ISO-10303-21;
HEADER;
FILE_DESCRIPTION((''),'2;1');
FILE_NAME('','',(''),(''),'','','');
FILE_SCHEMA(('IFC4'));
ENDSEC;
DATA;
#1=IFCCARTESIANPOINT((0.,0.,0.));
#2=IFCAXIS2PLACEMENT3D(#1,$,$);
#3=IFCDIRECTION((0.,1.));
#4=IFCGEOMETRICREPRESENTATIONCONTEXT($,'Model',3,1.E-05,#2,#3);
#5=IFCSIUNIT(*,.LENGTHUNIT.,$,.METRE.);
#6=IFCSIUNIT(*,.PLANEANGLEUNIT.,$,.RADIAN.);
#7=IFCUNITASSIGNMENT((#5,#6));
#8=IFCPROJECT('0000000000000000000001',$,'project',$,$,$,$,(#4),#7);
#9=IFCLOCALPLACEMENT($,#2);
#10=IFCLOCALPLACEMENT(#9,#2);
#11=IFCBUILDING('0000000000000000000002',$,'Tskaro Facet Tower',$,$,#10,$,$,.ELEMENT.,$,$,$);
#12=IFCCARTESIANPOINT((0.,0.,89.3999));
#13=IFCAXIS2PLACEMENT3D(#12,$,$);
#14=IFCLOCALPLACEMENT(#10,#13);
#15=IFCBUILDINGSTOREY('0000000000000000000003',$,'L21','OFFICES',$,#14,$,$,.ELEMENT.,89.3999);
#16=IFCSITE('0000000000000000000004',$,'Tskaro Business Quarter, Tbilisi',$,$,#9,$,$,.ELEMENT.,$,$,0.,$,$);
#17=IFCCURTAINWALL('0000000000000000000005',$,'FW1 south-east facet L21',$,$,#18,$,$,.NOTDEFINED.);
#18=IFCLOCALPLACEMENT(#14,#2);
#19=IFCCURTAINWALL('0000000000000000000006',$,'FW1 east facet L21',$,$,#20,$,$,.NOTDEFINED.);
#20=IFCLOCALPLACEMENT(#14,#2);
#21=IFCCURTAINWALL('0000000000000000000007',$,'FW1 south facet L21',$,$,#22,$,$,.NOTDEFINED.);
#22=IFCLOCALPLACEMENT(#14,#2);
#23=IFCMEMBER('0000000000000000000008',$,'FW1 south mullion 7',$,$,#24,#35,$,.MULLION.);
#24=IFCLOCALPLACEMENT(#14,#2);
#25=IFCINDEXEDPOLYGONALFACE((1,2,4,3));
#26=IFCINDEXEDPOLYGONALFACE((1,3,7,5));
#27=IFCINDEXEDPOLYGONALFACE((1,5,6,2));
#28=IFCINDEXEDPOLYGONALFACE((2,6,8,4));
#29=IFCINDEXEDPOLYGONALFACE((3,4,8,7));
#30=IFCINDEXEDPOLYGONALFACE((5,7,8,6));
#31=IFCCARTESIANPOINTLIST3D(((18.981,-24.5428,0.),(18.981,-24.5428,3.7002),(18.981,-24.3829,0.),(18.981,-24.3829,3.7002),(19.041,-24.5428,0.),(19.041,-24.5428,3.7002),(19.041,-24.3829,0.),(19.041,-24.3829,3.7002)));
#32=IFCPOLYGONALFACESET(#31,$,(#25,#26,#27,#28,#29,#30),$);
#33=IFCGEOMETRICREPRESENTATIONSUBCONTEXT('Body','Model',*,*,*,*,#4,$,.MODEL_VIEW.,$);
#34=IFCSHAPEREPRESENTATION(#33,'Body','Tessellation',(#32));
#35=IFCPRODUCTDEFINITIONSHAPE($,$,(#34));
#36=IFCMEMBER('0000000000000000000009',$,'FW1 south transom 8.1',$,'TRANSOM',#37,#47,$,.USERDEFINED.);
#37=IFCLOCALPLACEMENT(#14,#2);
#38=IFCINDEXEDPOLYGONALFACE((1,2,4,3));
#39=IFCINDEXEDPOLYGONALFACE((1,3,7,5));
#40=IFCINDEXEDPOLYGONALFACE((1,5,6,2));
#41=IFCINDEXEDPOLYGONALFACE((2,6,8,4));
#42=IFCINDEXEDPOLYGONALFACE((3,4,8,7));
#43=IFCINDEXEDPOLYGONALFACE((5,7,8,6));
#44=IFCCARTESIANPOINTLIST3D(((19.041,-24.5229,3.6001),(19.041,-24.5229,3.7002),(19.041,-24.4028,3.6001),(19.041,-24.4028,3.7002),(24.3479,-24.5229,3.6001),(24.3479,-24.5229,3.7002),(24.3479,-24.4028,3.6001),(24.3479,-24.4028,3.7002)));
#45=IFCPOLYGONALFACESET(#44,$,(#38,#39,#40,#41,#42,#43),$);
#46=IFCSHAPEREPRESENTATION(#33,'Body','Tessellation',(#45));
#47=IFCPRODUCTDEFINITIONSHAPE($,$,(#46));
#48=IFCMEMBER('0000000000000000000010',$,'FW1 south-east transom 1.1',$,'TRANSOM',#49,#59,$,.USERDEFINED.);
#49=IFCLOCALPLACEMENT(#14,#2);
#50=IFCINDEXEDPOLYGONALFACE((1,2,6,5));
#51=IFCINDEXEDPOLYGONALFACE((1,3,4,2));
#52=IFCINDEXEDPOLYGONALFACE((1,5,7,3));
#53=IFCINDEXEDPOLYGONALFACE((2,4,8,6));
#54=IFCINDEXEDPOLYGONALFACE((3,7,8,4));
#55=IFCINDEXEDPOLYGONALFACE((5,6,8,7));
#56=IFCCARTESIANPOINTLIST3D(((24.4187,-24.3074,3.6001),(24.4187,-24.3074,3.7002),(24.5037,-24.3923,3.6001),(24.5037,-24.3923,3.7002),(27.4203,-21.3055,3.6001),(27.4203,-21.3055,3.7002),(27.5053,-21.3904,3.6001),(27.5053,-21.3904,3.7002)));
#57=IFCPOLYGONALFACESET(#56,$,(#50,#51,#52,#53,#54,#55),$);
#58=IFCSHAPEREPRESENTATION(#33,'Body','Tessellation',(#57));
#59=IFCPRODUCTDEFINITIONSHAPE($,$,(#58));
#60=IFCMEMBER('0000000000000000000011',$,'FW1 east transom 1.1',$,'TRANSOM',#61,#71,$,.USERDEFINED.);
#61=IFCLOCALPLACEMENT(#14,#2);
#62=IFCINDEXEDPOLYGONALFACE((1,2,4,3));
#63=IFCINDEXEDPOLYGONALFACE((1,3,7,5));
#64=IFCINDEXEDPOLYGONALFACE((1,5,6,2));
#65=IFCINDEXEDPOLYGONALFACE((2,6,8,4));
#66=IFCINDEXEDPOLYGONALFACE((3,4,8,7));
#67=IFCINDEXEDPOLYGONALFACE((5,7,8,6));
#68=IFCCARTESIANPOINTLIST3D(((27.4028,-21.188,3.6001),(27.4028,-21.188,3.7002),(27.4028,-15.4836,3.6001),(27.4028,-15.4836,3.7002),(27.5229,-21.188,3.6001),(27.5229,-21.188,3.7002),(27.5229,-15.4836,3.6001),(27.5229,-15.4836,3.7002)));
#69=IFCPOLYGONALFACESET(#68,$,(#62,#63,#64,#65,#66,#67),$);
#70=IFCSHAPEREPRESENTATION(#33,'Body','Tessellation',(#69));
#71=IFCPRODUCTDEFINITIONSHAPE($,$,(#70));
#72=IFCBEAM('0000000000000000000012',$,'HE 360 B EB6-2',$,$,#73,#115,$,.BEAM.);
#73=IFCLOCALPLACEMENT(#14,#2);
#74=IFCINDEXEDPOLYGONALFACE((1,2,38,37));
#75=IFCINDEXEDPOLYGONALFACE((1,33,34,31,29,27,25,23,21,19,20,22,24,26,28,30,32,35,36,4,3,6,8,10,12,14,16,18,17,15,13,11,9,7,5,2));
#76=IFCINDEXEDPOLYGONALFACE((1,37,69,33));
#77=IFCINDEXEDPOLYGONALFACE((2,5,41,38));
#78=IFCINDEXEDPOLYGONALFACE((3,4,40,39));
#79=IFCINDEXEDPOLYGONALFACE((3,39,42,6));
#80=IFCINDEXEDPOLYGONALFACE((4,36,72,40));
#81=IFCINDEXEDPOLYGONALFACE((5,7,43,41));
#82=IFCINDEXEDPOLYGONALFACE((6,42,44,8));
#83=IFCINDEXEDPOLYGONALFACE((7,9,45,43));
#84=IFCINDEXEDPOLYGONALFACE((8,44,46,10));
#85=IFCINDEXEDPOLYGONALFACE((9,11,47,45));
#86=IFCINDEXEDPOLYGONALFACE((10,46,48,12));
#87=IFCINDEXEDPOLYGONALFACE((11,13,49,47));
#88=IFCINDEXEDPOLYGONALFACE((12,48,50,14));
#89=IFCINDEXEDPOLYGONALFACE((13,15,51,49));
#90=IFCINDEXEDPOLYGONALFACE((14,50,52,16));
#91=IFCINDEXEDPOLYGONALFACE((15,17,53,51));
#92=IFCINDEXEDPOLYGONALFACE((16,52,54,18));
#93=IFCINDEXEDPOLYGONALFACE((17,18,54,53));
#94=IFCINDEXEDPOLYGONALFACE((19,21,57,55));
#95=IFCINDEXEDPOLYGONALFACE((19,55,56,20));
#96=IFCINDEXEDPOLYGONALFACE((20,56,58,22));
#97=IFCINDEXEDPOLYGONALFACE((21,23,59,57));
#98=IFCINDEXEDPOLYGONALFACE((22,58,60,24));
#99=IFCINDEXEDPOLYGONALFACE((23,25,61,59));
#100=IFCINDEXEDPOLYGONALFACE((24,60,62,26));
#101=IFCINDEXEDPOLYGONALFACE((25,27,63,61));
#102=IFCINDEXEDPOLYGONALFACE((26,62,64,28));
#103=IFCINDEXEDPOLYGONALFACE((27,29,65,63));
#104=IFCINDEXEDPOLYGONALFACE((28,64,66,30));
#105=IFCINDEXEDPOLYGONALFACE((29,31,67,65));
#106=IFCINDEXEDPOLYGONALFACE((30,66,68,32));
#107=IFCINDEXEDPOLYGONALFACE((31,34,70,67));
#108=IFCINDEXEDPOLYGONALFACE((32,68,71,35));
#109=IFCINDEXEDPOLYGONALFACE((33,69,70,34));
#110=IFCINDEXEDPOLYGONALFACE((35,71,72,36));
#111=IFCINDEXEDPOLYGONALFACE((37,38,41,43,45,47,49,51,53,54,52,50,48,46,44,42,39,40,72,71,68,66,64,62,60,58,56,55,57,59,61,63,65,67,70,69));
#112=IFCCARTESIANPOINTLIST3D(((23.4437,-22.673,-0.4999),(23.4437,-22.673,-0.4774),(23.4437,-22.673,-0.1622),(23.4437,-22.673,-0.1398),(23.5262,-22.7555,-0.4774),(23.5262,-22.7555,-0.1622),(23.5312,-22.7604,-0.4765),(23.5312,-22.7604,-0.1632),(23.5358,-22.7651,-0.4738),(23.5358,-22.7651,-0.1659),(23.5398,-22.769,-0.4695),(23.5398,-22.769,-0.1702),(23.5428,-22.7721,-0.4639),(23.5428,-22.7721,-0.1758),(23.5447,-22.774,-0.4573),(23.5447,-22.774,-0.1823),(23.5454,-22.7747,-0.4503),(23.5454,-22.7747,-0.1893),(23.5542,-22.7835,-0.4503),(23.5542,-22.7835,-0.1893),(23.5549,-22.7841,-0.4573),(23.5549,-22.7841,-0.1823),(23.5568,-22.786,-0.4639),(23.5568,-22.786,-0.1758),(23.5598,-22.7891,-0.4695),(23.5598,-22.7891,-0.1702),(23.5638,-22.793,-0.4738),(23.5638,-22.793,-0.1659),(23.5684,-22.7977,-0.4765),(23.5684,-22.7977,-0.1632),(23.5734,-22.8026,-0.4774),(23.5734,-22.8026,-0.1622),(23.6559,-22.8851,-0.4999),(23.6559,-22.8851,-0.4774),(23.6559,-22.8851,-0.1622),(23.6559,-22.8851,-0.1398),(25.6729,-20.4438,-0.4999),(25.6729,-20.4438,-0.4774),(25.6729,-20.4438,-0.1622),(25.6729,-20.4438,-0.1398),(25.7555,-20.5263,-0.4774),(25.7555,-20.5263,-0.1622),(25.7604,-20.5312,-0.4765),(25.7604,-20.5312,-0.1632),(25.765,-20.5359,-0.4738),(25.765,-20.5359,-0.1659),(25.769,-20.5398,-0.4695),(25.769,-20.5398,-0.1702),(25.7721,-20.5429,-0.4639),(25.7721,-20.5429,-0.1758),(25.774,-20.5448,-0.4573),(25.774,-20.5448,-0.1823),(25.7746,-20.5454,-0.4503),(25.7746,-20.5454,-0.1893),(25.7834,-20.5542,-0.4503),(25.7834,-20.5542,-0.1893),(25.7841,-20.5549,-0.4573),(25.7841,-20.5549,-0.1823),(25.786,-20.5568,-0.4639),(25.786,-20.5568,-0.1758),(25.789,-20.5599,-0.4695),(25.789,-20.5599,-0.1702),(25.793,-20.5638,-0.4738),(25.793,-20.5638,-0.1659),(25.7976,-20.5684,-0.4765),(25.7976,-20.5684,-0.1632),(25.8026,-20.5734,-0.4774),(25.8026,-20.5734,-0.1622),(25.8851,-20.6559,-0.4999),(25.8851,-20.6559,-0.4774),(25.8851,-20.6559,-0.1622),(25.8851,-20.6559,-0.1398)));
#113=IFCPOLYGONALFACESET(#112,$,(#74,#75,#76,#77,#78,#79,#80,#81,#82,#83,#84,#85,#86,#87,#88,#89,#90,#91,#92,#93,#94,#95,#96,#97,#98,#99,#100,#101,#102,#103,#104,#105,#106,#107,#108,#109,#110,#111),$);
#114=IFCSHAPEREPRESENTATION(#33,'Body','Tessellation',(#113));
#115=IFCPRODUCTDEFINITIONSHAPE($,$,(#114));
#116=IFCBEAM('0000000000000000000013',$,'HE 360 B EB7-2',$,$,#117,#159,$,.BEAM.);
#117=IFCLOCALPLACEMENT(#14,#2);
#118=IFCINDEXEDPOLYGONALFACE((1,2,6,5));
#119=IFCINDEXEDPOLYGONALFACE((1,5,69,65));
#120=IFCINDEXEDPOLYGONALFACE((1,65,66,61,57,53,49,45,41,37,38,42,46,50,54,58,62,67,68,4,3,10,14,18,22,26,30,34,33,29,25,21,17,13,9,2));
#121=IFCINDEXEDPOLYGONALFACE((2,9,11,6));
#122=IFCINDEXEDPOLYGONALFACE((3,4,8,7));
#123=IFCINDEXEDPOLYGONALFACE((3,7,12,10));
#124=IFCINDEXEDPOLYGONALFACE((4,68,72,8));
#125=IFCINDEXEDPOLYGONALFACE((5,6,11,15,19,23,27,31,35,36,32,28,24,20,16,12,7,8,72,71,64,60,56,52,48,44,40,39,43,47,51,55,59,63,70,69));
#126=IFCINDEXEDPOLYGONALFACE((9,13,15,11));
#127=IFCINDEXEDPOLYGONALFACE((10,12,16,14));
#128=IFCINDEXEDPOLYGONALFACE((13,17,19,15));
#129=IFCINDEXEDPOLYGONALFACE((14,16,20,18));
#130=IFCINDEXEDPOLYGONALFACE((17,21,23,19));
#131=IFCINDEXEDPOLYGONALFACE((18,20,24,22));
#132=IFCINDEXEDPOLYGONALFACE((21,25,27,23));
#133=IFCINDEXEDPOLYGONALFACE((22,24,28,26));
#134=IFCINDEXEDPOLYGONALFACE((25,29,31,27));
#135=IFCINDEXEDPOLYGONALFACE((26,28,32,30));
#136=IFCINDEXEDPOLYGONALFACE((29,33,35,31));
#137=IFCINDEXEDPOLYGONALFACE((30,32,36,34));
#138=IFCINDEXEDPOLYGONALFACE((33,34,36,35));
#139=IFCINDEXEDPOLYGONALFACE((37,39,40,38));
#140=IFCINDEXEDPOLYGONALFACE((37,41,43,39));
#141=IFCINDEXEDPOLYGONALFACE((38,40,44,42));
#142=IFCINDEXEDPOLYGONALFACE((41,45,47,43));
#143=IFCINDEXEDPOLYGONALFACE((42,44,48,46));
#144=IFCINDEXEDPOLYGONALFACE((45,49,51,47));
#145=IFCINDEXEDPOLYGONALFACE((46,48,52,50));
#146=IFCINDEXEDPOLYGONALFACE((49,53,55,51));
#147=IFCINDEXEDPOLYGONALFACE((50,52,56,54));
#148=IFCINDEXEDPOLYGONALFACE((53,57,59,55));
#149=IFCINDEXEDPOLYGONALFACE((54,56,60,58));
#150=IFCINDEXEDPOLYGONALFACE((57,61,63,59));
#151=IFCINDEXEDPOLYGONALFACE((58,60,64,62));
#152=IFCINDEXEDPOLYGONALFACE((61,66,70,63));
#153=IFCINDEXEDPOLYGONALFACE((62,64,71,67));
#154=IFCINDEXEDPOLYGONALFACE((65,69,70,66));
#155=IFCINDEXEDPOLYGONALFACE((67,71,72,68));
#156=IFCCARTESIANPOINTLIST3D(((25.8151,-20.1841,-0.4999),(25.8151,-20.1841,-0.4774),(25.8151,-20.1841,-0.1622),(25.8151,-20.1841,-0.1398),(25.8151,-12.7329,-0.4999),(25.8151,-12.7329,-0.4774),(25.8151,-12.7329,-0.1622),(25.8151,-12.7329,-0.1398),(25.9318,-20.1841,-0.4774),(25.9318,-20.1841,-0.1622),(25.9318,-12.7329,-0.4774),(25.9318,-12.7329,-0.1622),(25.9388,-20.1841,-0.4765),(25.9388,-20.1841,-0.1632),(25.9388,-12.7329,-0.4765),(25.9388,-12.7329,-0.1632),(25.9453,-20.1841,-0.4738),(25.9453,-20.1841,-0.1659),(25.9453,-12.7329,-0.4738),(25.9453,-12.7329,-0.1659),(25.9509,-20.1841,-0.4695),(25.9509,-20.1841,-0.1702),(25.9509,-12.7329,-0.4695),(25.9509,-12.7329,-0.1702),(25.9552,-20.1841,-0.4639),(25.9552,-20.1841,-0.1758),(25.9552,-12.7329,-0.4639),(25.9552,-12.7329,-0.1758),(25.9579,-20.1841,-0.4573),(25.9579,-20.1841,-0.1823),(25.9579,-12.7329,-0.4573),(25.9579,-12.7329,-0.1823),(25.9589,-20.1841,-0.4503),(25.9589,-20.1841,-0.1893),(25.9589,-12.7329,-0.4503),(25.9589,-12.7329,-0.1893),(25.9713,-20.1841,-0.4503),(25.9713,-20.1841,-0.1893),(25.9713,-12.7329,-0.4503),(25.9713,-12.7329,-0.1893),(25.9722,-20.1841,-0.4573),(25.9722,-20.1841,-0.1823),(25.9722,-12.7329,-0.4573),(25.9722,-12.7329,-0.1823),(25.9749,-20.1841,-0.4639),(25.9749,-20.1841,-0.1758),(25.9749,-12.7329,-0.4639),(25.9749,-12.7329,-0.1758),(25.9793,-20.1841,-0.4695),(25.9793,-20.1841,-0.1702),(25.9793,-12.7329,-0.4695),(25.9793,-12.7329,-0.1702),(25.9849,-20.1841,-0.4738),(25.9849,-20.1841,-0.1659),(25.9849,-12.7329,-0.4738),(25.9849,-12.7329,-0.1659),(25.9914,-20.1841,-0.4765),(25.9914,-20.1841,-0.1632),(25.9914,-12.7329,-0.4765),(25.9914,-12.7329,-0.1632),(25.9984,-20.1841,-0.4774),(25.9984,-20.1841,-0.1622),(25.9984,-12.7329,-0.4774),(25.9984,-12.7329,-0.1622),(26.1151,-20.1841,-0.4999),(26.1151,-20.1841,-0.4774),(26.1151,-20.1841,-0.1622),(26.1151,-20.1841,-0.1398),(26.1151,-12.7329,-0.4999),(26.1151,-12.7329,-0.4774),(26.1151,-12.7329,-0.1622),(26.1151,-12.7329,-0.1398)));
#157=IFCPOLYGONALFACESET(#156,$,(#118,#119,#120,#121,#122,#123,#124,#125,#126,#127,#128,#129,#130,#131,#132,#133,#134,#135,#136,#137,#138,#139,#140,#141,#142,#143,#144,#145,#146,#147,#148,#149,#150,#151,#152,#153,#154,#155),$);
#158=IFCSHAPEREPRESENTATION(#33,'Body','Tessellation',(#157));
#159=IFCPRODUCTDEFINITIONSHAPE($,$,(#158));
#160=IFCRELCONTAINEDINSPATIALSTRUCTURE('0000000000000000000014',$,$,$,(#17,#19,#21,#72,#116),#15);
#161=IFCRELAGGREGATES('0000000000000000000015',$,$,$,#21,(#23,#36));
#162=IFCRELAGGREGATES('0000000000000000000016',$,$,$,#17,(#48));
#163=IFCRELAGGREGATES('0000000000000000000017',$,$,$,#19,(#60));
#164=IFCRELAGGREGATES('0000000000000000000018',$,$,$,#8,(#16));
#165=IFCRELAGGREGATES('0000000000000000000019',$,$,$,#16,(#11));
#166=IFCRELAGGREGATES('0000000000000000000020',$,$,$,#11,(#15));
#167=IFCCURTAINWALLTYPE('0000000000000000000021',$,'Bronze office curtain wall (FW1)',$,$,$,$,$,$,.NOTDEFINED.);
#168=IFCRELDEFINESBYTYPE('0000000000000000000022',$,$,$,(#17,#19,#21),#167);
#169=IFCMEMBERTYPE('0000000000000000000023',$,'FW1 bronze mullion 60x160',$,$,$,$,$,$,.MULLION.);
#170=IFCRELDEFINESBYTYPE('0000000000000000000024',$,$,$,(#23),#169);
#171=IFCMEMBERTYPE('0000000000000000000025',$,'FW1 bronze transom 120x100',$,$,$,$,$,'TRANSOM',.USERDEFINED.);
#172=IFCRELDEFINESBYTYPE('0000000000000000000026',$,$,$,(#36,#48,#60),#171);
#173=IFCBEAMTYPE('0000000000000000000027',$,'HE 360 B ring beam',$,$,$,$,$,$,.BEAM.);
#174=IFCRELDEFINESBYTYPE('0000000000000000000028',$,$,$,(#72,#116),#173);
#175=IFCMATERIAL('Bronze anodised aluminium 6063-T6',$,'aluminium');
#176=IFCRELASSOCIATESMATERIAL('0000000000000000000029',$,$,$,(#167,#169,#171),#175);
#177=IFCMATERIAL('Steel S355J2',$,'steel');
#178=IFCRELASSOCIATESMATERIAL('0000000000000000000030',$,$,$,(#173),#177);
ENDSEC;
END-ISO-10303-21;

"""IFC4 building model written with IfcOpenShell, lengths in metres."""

from ifc_helpers import new_model, si_unit, direction, frame, origin, origin_2d, place, context, subcontext, project, spatial, rectangle, i_section, extrude, material, material_profile, profile_set, type_object, element, aggregate, save


model = new_model("IFC4")

# Units and contexts
model_context = context("Model", 3, precision=1e-05, world=origin(), true_north=direction((0.0, 1.0)))
body_context = subcontext(model_context, "Body", "Model", "MODEL_VIEW")
ifc_project = project(units=[si_unit("LENGTHUNIT", "METRE"), si_unit("PLANEANGLEUNIT", "RADIAN")], contexts=[model_context])

# Site, building, storey
site_placement = place(None, origin())
site = spatial("IfcSite", under=ifc_project, at=site_placement, Name="Tskaro Business Quarter, Tbilisi", CompositionType="ELEMENT", RefElevation=0.0)
building_placement = place(site_placement, origin())
building = spatial("IfcBuilding", under=site, at=building_placement, Name="Tskaro Facet Tower", CompositionType="ELEMENT")
storey_placement = place(building_placement, frame((0.0, 0.0, 89.3999)))
storey = spatial("IfcBuildingStorey", under=building, at=storey_placement, Name="L21", Description="OFFICES", CompositionType="ELEMENT", Elevation=89.3999)

# Curtain walls
ifc_material_1 = material(Name="Bronze anodised aluminium 6063-T6", Category="aluminium")
curtain_wall_type = type_object("IfcCurtainWallType", Name="Bronze office curtain wall (FW1)", PredefinedType="NOTDEFINED", material=ifc_material_1)
curtain_wall_1_placement = place(storey_placement, origin())
curtain_wall_1 = element("IfcCurtainWall", 1, at=curtain_wall_1_placement, inside=storey, type_object=curtain_wall_type, Name="FW1 south-east facet L21", PredefinedType="NOTDEFINED")
curtain_wall_2_placement = place(storey_placement, origin())
curtain_wall_2 = element("IfcCurtainWall", 2, at=curtain_wall_2_placement, inside=storey, type_object=curtain_wall_type, Name="FW1 east facet L21", PredefinedType="NOTDEFINED")

# Curtain wall, members
curtain_wall_3_placement = place(storey_placement, origin())
curtain_wall_3 = element("IfcCurtainWall", 3, at=curtain_wall_3_placement, inside=storey, type_object=curtain_wall_type, Name="FW1 south facet L21", PredefinedType="NOTDEFINED")
ifc_material_profile_1 = material_profile(ifc_material_1, rectangle(XDim=0.0601, YDim=0.1599, at=origin_2d()), Name="Mullion 60x160")
ifc_profile_set_1 = profile_set([ifc_material_profile_1], Name="Bronze anodised aluminium 6063-T6")
member_type_1 = type_object("IfcMemberType", Name="FW1 bronze mullion 60x160", PredefinedType="MULLION", material=ifc_profile_set_1)
member_1_placement = place(storey_placement, frame((19.011, -24.4629, 0.0), z_axis=(0.0, 0.0, 1.0), x_axis=(1.0, 0.0, 0.0)))
member_1 = element("IfcMember", 4, at=member_1_placement, type_object=member_type_1, Name="FW1 south mullion 7", PredefinedType="MULLION", context=body_context, shape_type="SweptSolid", body=[
    extrude(rectangle(XDim=0.0601, YDim=0.1599, at=origin_2d()), origin(), (0.0, 0.0, 1.0), 3.7002),
])
ifc_material_profile_2 = material_profile(ifc_material_1, rectangle(XDim=0.1201, YDim=0.1001, at=origin_2d()), Name="Transom 120x100")
ifc_profile_set_2 = profile_set([ifc_material_profile_2], Name="Bronze anodised aluminium 6063-T6")
member_type_2 = type_object("IfcMemberType", Name="FW1 bronze transom 120x100", ElementType="TRANSOM", PredefinedType="USERDEFINED", material=ifc_profile_set_2)
member_2_placement = place(storey_placement, frame((19.041, -24.4629, 3.6501), z_axis=(1.0, 0.0, 0.0), x_axis=(0.0, 1.0, 0.0)))
member_2 = element("IfcMember", 5, at=member_2_placement, type_object=member_type_2, Name="FW1 south transom 8.1", ObjectType="TRANSOM", PredefinedType="USERDEFINED", context=body_context, shape_type="SweptSolid", body=[
    extrude(rectangle(XDim=0.1201, YDim=0.1001, at=origin_2d()), origin(), (0.0, 0.0, 1.0), 5.3069),
])

# Members
member_3_placement = place(storey_placement, frame((24.4612, -24.3499, 3.6501), z_axis=(0.707078, 0.707136, 0.0), x_axis=(-0.707136, 0.707078, 0.0)))
member_3 = element("IfcMember", 6, at=member_3_placement, type_object=member_type_2, Name="FW1 south-east transom 1.1", ObjectType="TRANSOM", PredefinedType="USERDEFINED", context=body_context, shape_type="SweptSolid", body=[
    extrude(rectangle(XDim=0.1201, YDim=0.1001, at=origin_2d()), origin(), (0.0, 0.0, 1.0), 4.2451),
])
member_4_placement = place(storey_placement, frame((27.4629, -21.188, 3.6501), z_axis=(0.0, 1.0, 0.0), x_axis=(-1.0, 0.0, 0.0)))
member_4 = element("IfcMember", 7, at=member_4_placement, type_object=member_type_2, Name="FW1 east transom 1.1", ObjectType="TRANSOM", PredefinedType="USERDEFINED", context=body_context, shape_type="SweptSolid", body=[
    extrude(rectangle(XDim=0.1201, YDim=0.1001, at=origin_2d()), origin(), (0.0, 0.0, 1.0), 5.7043),
])

# Beams
ifc_material_2 = material(Name="Steel S355J2", Category="steel")
ifc_material_profile_3 = material_profile(ifc_material_2, i_section(OverallWidth=0.3, OverallDepth=0.3601, WebThickness=0.0125, FlangeThickness=0.0225, FilletRadius=0.0271, at=origin_2d()), Name="HE 360 B")
ifc_profile_set_3 = profile_set([ifc_material_profile_3], Name="Steel S355J2")
beam_type_1 = type_object("IfcBeamType", Name="HE 360 B ring beam", PredefinedType="BEAM", material=ifc_profile_set_3)
beam_1_placement = place(storey_placement, frame((23.5498, -22.7791, -0.3198), z_axis=(0.707107, 0.707107, 0.0), x_axis=(-0.707107, 0.707107, 0.0)))
element("IfcBeam", 8, at=beam_1_placement, inside=storey, type_object=beam_type_1, Name="HE 360 B EB6-2", PredefinedType="BEAM", context=body_context, shape_type="SweptSolid", body=[
    extrude(i_section(OverallWidth=0.3, OverallDepth=0.3601, WebThickness=0.0125, FlangeThickness=0.0225, FilletRadius=0.0271, at=origin_2d()), origin(), (0.0, 0.0, 1.0), 3.1526),
])
beam_2_placement = place(storey_placement, frame((25.9651, -20.1841, -0.3198), z_axis=(0.0, 1.0, 0.0), x_axis=(-1.0, 0.0, 0.0)))
element("IfcBeam", 9, at=beam_2_placement, inside=storey, type_object=beam_type_1, Name="HE 360 B EB7-2", PredefinedType="BEAM", context=body_context, shape_type="SweptSolid", body=[
    extrude(i_section(OverallWidth=0.3, OverallDepth=0.3601, WebThickness=0.0125, FlangeThickness=0.0225, FilletRadius=0.0271, at=origin_2d()), origin(), (0.0, 0.0, 1.0), 7.4512),
])

aggregate(curtain_wall_3, [member_1, member_2])
aggregate(curtain_wall_1, [member_3])
aggregate(curtain_wall_2, [member_4])

save(model, "model.ifc")
